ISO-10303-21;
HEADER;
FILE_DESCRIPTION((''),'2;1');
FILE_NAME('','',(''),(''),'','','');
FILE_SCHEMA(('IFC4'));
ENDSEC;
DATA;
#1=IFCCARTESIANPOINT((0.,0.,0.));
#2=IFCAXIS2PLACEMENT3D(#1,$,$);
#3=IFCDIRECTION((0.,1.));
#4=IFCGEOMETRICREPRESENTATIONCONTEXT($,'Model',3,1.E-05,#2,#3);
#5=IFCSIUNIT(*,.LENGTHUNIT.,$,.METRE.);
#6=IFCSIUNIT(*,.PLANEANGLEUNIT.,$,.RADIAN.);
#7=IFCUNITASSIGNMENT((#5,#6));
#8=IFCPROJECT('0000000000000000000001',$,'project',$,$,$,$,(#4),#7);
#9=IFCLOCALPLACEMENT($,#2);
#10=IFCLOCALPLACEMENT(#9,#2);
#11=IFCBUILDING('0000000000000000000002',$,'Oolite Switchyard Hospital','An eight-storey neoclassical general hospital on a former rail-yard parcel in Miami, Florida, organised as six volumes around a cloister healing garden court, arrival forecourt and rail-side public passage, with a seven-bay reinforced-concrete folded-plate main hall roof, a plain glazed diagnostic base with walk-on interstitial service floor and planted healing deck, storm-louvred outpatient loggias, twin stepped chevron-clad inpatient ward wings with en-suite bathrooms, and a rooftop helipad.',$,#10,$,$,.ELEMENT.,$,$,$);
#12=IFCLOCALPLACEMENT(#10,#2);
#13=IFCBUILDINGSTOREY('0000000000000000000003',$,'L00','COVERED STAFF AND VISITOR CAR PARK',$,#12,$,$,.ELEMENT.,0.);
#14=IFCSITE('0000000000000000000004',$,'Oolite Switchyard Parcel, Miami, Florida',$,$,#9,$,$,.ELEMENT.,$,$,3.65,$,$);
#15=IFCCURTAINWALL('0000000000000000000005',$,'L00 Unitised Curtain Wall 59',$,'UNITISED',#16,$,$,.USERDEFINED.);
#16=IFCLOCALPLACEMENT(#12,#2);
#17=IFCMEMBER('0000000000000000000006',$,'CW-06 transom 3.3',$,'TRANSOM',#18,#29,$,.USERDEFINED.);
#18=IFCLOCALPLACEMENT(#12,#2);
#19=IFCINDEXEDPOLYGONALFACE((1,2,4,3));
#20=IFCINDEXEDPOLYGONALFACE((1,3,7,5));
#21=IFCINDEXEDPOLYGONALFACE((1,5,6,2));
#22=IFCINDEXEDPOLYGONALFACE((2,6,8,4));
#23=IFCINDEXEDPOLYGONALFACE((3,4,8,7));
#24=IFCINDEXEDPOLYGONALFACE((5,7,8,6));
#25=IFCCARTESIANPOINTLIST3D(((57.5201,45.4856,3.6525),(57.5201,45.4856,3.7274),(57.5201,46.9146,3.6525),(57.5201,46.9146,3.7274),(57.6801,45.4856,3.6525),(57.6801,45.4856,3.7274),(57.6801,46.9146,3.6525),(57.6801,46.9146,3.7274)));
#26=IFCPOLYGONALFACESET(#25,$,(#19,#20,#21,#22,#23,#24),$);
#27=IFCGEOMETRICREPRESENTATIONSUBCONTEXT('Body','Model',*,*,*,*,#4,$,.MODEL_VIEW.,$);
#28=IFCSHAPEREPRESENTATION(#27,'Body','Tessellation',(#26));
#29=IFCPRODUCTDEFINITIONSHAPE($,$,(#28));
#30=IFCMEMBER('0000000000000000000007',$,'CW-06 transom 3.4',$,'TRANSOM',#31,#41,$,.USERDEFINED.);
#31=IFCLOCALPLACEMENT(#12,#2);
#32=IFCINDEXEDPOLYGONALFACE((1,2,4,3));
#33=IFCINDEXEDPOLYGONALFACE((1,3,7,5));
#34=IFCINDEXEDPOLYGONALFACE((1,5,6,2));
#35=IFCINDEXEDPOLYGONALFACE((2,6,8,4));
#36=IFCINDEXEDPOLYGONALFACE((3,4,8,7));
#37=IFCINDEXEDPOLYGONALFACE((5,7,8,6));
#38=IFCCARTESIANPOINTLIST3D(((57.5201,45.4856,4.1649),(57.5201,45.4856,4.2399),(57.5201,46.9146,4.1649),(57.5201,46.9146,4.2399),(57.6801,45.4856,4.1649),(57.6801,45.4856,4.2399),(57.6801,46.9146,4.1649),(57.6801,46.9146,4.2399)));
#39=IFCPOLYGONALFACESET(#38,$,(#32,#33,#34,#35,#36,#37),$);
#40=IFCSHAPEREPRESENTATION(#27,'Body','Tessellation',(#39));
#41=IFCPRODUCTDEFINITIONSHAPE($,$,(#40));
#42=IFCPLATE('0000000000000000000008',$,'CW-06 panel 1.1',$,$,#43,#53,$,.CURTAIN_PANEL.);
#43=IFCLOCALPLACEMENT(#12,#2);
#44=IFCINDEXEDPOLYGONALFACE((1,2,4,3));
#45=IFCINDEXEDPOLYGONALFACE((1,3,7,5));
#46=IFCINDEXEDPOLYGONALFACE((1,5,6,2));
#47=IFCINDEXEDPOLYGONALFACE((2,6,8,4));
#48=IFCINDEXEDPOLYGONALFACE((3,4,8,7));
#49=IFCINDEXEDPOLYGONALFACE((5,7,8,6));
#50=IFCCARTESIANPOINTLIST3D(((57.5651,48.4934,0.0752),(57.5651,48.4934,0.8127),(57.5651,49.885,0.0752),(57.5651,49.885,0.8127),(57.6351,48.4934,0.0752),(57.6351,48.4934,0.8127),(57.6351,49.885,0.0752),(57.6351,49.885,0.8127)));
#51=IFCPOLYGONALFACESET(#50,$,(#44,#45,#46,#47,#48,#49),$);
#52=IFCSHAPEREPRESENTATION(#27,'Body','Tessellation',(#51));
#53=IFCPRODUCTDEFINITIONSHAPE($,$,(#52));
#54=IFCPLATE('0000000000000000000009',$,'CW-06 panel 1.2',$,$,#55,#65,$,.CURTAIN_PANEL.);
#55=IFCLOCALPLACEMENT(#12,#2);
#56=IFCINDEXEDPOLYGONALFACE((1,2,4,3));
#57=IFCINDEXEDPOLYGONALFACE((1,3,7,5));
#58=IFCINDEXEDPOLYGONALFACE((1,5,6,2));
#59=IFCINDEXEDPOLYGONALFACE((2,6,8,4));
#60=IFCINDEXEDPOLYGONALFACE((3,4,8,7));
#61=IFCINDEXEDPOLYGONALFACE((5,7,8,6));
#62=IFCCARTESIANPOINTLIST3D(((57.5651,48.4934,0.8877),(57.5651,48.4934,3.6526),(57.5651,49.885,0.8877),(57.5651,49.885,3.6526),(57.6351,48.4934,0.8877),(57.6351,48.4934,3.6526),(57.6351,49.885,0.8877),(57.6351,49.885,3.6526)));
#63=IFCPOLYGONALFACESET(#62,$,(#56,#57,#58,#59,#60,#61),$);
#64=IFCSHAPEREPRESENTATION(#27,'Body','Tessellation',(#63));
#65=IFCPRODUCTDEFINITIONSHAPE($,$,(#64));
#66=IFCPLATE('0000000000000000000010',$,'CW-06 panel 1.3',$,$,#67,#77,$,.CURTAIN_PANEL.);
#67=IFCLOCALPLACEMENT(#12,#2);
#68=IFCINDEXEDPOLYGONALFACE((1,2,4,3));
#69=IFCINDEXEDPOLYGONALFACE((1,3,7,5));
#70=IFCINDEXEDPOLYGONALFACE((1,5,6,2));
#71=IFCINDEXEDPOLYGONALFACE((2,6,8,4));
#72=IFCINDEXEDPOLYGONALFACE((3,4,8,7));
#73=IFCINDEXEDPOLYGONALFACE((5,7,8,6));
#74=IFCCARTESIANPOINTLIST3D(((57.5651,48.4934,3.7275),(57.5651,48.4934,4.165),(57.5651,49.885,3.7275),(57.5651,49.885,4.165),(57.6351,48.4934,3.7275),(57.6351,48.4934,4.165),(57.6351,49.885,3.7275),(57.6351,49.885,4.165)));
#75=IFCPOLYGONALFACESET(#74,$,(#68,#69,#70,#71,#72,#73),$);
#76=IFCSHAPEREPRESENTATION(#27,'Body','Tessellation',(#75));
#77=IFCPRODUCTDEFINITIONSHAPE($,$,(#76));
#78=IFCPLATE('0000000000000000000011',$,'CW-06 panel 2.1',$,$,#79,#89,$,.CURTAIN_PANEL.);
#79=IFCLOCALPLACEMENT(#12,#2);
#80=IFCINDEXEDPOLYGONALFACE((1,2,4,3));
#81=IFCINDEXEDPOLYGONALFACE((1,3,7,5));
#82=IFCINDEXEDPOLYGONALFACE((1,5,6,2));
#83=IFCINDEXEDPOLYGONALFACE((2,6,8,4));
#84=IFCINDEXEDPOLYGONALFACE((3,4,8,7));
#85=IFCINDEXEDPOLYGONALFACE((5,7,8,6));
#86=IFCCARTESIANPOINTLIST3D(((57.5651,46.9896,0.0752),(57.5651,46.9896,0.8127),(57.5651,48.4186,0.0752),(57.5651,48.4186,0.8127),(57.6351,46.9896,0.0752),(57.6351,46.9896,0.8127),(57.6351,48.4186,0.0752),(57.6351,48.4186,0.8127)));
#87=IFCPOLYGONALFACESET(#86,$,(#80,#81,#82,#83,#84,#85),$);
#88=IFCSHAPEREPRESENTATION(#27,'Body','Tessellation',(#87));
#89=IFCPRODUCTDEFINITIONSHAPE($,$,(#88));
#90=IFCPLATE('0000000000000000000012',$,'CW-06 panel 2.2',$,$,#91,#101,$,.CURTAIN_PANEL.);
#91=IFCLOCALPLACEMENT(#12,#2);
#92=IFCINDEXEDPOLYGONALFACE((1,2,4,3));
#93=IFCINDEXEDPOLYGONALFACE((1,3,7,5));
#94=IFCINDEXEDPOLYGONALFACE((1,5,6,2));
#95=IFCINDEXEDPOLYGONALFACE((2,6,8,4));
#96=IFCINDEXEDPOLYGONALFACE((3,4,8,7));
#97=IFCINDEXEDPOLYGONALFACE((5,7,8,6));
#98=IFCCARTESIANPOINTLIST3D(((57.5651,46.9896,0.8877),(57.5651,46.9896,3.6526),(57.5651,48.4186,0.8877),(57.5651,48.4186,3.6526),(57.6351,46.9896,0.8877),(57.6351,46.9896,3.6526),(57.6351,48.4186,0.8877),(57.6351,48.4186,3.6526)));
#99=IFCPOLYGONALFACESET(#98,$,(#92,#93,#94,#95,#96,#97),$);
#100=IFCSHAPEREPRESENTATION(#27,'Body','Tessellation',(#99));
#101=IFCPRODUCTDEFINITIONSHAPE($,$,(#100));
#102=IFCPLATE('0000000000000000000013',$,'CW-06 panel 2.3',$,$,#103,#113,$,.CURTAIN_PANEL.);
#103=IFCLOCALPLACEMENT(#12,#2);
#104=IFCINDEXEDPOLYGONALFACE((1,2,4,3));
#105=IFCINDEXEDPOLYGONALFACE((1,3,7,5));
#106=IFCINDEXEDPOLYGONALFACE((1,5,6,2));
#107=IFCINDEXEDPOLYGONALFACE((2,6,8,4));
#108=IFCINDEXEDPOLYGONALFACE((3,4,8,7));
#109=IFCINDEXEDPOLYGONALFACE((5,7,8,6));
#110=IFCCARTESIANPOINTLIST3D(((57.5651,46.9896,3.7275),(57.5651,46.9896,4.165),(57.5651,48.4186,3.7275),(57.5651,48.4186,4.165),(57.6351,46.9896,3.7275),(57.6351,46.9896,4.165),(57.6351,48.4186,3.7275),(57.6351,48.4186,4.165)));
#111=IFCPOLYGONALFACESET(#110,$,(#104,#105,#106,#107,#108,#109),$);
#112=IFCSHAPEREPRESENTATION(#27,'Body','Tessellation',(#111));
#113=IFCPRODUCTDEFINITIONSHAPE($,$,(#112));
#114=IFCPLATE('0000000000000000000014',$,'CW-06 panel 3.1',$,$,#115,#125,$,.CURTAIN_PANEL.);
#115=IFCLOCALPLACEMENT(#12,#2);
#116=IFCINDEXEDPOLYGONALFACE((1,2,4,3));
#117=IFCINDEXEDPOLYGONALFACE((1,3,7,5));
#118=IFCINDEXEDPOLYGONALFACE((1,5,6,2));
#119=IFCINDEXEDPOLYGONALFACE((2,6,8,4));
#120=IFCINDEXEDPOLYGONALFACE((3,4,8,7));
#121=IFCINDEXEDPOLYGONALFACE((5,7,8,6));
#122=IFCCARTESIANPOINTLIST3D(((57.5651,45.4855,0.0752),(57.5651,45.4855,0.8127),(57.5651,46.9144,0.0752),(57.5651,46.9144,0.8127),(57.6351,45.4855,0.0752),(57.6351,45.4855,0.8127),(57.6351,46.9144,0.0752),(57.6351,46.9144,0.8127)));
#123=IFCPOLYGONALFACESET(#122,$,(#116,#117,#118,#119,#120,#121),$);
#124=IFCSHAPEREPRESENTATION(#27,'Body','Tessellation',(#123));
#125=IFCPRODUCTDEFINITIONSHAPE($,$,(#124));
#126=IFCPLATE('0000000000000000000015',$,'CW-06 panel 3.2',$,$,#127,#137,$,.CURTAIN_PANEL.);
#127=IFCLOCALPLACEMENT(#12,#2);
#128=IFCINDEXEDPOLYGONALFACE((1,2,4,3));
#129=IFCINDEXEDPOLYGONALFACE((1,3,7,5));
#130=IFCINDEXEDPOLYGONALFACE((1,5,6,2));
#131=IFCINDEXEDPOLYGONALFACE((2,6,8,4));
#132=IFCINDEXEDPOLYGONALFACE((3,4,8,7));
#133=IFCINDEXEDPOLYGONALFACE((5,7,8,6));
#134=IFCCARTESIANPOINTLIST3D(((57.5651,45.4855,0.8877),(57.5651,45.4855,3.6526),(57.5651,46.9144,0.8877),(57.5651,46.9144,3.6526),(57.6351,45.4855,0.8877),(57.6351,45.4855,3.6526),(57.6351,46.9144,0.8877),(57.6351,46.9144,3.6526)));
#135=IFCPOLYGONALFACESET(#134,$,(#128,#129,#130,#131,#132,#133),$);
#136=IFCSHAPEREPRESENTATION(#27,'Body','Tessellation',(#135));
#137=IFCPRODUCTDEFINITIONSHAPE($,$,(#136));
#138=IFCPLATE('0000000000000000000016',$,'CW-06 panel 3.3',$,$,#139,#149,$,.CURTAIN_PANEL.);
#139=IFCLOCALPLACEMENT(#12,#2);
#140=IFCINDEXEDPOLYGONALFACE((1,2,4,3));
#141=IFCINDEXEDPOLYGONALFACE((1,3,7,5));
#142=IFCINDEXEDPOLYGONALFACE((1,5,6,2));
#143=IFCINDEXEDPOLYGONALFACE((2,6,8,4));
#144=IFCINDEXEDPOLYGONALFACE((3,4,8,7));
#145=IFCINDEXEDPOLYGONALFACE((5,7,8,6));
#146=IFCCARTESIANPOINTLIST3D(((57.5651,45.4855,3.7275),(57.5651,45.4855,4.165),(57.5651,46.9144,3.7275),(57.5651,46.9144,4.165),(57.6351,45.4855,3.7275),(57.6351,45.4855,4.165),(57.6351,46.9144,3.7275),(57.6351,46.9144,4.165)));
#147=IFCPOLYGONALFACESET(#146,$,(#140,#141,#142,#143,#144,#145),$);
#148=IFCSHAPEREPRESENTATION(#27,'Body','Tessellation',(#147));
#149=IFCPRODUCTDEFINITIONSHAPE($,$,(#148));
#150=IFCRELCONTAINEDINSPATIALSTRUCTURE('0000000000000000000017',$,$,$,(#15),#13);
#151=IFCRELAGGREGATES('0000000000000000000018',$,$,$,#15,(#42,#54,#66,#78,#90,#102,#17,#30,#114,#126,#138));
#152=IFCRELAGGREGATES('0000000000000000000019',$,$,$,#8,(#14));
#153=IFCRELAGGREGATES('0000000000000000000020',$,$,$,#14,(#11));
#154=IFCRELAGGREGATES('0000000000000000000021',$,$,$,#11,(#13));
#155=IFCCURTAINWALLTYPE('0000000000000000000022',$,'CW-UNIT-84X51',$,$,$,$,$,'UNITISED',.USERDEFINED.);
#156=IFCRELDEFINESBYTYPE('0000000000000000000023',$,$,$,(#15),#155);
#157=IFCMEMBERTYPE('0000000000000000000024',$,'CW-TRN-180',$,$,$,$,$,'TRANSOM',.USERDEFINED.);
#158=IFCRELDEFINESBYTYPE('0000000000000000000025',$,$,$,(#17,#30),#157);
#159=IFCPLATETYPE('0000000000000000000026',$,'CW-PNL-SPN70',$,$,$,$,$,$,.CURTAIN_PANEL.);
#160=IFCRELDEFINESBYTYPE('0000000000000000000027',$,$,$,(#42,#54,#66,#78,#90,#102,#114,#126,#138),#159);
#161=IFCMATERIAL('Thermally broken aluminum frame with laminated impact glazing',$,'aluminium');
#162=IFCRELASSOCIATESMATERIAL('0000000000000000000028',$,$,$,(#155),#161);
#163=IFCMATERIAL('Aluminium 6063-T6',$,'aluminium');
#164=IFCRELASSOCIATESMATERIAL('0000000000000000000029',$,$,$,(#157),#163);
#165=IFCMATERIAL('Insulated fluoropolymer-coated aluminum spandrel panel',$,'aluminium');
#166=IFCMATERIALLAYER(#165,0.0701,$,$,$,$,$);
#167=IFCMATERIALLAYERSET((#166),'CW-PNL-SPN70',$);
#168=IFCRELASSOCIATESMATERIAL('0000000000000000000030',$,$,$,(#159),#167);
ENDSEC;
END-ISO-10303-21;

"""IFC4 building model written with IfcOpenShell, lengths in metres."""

from ifc_helpers import new_model, si_unit, direction, frame, origin, origin_2d, place, context, subcontext, project, spatial, rectangle, extrude, material, layer, layer_set, material_profile, profile_set, type_object, element, aggregate, save


model = new_model("IFC4")

# Units and contexts
model_context = context("Model", 3, precision=1e-05, world=origin(), true_north=direction((0.0, 1.0)))
body_context = subcontext(model_context, "Body", "Model", "MODEL_VIEW")
ifc_project = project(units=[si_unit("LENGTHUNIT", "METRE"), si_unit("PLANEANGLEUNIT", "RADIAN")], contexts=[model_context])

# Site, building, storey
site_placement = place(None, origin())
site = spatial("IfcSite", under=ifc_project, at=site_placement, Name="Oolite Switchyard Parcel, Miami, Florida", CompositionType="ELEMENT", RefElevation=3.65)
building_placement = place(site_placement, origin())
building = spatial("IfcBuilding", under=site, at=building_placement, Name="Oolite Switchyard Hospital", Description="An eight-storey neoclassical general hospital on a former rail-yard parcel in Miami, Florida, organised as six volumes around a cloister healing garden court, arrival forecourt and rail-side public passage, with a seven-bay reinforced-concrete folded-plate main hall roof, a plain glazed diagnostic base with walk-on interstitial service floor and planted healing deck, storm-louvred outpatient loggias, twin stepped chevron-clad inpatient ward wings with en-suite bathrooms, and a rooftop helipad.", CompositionType="ELEMENT")
storey_placement = place(building_placement, origin())
storey = spatial("IfcBuildingStorey", under=building, at=storey_placement, Name="L00", Description="COVERED STAFF AND VISITOR CAR PARK", CompositionType="ELEMENT", Elevation=0.0)

# Curtain wall, members, plates
ifc_material_1 = material(Name="Thermally broken aluminum frame with laminated impact glazing", Category="aluminium")
curtain_wall_type = type_object("IfcCurtainWallType", Name="CW-UNIT-84X51", ElementType="UNITISED", PredefinedType="USERDEFINED", material=ifc_material_1)
curtain_wall_placement = place(storey_placement, origin())
curtain_wall = element("IfcCurtainWall", 1, at=curtain_wall_placement, inside=storey, type_object=curtain_wall_type, Name="L00 Unitised Curtain Wall 59", ObjectType="UNITISED", PredefinedType="USERDEFINED")
ifc_material_2 = material(Name="Aluminium 6063-T6", Category="aluminium")
ifc_material_profile_1 = material_profile(ifc_material_2, rectangle(XDim=0.1599, YDim=0.075, at=origin_2d()), Name="CWT75X160")
ifc_profile_set_1 = profile_set([ifc_material_profile_1], Name="Aluminium 6063-T6")
member_type_1 = type_object("IfcMemberType", Name="CW-TRN-180", ElementType="TRANSOM", PredefinedType="USERDEFINED", material=ifc_profile_set_1)
member_1_placement = place(storey_placement, frame((57.6001, 46.9146, 3.6899), z_axis=(0.0, -1.0, 0.0), x_axis=(1.0, 0.0, 0.0)))
member_1 = element("IfcMember", 2, at=member_1_placement, type_object=member_type_1, Name="CW-06 transom 3.3", ObjectType="TRANSOM", PredefinedType="USERDEFINED", context=body_context, shape_type="SweptSolid", body=[
    extrude(rectangle(XDim=0.1599, YDim=0.075, at=origin_2d()), origin(), (0.0, 0.0, 1.0), 1.429),
])
member_2_placement = place(storey_placement, frame((57.6001, 46.9146, 4.2024), z_axis=(0.0, -1.0, 0.0), x_axis=(1.0, 0.0, 0.0)))
member_2 = element("IfcMember", 3, at=member_2_placement, type_object=member_type_1, Name="CW-06 transom 3.4", ObjectType="TRANSOM", PredefinedType="USERDEFINED", context=body_context, shape_type="SweptSolid", body=[
    extrude(rectangle(XDim=0.1599, YDim=0.075, at=origin_2d()), origin(), (0.0, 0.0, 1.0), 1.429),
])
ifc_material_3 = material(Name="Insulated fluoropolymer-coated aluminum spandrel panel", Category="aluminium")
ifc_layer = layer(ifc_material_3, 0.0701)
ifc_layer_set = layer_set([ifc_layer], Name="CW-PNL-SPN70")
plate_type = type_object("IfcPlateType", Name="CW-PNL-SPN70", PredefinedType="CURTAIN_PANEL", material=ifc_layer_set)
plate_1_placement = place(storey_placement, frame((57.6001, 49.1892, 0.0752), z_axis=(0.0, 0.0, 1.0), x_axis=(0.0, -1.0, 0.0)))
plate_1 = element("IfcPlate", 4, at=plate_1_placement, type_object=plate_type, Name="CW-06 panel 1.1", PredefinedType="CURTAIN_PANEL", context=body_context, shape_type="SweptSolid", body=[
    extrude(rectangle(XDim=1.3916, YDim=0.0701, at=origin_2d()), origin(), (0.0, 0.0, 1.0), 0.7375),
])
plate_2_placement = place(storey_placement, frame((57.6001, 49.1892, 0.8877), z_axis=(0.0, 0.0, 1.0), x_axis=(0.0, -1.0, 0.0)))
plate_2 = element("IfcPlate", 5, at=plate_2_placement, type_object=plate_type, Name="CW-06 panel 1.2", PredefinedType="CURTAIN_PANEL", context=body_context, shape_type="SweptSolid", body=[
    extrude(rectangle(XDim=1.3916, YDim=0.0701, at=origin_2d()), origin(), (0.0, 0.0, 1.0), 2.7649),
])
plate_3_placement = place(storey_placement, frame((57.6001, 49.1892, 3.7275), z_axis=(0.0, 0.0, 1.0), x_axis=(0.0, -1.0, 0.0)))
plate_3 = element("IfcPlate", 6, at=plate_3_placement, type_object=plate_type, Name="CW-06 panel 1.3", PredefinedType="CURTAIN_PANEL", context=body_context, shape_type="SweptSolid", body=[
    extrude(rectangle(XDim=1.3916, YDim=0.0701, at=origin_2d()), origin(), (0.0, 0.0, 1.0), 0.4375),
])
plate_4_placement = place(storey_placement, frame((57.6001, 47.7041, 0.0752), z_axis=(0.0, 0.0, 1.0), x_axis=(0.0, -1.0, 0.0)))
plate_4 = element("IfcPlate", 7, at=plate_4_placement, type_object=plate_type, Name="CW-06 panel 2.1", PredefinedType="CURTAIN_PANEL", context=body_context, shape_type="SweptSolid", body=[
    extrude(rectangle(XDim=1.429, YDim=0.0701, at=origin_2d()), origin(), (0.0, 0.0, 1.0), 0.7375),
])
plate_5_placement = place(storey_placement, frame((57.6001, 47.7041, 0.8877), z_axis=(0.0, 0.0, 1.0), x_axis=(0.0, -1.0, 0.0)))
plate_5 = element("IfcPlate", 8, at=plate_5_placement, type_object=plate_type, Name="CW-06 panel 2.2", PredefinedType="CURTAIN_PANEL", context=body_context, shape_type="SweptSolid", body=[
    extrude(rectangle(XDim=1.429, YDim=0.0701, at=origin_2d()), origin(), (0.0, 0.0, 1.0), 2.7649),
])
plate_6_placement = place(storey_placement, frame((57.6001, 47.7041, 3.7275), z_axis=(0.0, 0.0, 1.0), x_axis=(0.0, -1.0, 0.0)))
plate_6 = element("IfcPlate", 9, at=plate_6_placement, type_object=plate_type, Name="CW-06 panel 2.3", PredefinedType="CURTAIN_PANEL", context=body_context, shape_type="SweptSolid", body=[
    extrude(rectangle(XDim=1.429, YDim=0.0701, at=origin_2d()), origin(), (0.0, 0.0, 1.0), 0.4375),
])
plate_7_placement = place(storey_placement, frame((57.6001, 46.2, 0.0752), z_axis=(0.0, 0.0, 1.0), x_axis=(0.0, -1.0, 0.0)))
plate_7 = element("IfcPlate", 10, at=plate_7_placement, type_object=plate_type, Name="CW-06 panel 3.1", PredefinedType="CURTAIN_PANEL", context=body_context, shape_type="SweptSolid", body=[
    extrude(rectangle(XDim=1.429, YDim=0.0701, at=origin_2d()), origin(), (0.0, 0.0, 1.0), 0.7375),
])
plate_8_placement = place(storey_placement, frame((57.6001, 46.2, 0.8877), z_axis=(0.0, 0.0, 1.0), x_axis=(0.0, -1.0, 0.0)))
plate_8 = element("IfcPlate", 11, at=plate_8_placement, type_object=plate_type, Name="CW-06 panel 3.2", PredefinedType="CURTAIN_PANEL", context=body_context, shape_type="SweptSolid", body=[
    extrude(rectangle(XDim=1.429, YDim=0.0701, at=origin_2d()), origin(), (0.0, 0.0, 1.0), 2.7649),
])
plate_9_placement = place(storey_placement, frame((57.6001, 46.2, 3.7275), z_axis=(0.0, 0.0, 1.0), x_axis=(0.0, -1.0, 0.0)))
plate_9 = element("IfcPlate", 12, at=plate_9_placement, type_object=plate_type, Name="CW-06 panel 3.3", PredefinedType="CURTAIN_PANEL", context=body_context, shape_type="SweptSolid", body=[
    extrude(rectangle(XDim=1.429, YDim=0.0701, at=origin_2d()), origin(), (0.0, 0.0, 1.0), 0.4375),
])
aggregate(curtain_wall, [plate_1, plate_2, plate_3, plate_4, plate_5, plate_6, member_1, member_2, plate_7, plate_8, plate_9])

save(model, "model.ifc")
